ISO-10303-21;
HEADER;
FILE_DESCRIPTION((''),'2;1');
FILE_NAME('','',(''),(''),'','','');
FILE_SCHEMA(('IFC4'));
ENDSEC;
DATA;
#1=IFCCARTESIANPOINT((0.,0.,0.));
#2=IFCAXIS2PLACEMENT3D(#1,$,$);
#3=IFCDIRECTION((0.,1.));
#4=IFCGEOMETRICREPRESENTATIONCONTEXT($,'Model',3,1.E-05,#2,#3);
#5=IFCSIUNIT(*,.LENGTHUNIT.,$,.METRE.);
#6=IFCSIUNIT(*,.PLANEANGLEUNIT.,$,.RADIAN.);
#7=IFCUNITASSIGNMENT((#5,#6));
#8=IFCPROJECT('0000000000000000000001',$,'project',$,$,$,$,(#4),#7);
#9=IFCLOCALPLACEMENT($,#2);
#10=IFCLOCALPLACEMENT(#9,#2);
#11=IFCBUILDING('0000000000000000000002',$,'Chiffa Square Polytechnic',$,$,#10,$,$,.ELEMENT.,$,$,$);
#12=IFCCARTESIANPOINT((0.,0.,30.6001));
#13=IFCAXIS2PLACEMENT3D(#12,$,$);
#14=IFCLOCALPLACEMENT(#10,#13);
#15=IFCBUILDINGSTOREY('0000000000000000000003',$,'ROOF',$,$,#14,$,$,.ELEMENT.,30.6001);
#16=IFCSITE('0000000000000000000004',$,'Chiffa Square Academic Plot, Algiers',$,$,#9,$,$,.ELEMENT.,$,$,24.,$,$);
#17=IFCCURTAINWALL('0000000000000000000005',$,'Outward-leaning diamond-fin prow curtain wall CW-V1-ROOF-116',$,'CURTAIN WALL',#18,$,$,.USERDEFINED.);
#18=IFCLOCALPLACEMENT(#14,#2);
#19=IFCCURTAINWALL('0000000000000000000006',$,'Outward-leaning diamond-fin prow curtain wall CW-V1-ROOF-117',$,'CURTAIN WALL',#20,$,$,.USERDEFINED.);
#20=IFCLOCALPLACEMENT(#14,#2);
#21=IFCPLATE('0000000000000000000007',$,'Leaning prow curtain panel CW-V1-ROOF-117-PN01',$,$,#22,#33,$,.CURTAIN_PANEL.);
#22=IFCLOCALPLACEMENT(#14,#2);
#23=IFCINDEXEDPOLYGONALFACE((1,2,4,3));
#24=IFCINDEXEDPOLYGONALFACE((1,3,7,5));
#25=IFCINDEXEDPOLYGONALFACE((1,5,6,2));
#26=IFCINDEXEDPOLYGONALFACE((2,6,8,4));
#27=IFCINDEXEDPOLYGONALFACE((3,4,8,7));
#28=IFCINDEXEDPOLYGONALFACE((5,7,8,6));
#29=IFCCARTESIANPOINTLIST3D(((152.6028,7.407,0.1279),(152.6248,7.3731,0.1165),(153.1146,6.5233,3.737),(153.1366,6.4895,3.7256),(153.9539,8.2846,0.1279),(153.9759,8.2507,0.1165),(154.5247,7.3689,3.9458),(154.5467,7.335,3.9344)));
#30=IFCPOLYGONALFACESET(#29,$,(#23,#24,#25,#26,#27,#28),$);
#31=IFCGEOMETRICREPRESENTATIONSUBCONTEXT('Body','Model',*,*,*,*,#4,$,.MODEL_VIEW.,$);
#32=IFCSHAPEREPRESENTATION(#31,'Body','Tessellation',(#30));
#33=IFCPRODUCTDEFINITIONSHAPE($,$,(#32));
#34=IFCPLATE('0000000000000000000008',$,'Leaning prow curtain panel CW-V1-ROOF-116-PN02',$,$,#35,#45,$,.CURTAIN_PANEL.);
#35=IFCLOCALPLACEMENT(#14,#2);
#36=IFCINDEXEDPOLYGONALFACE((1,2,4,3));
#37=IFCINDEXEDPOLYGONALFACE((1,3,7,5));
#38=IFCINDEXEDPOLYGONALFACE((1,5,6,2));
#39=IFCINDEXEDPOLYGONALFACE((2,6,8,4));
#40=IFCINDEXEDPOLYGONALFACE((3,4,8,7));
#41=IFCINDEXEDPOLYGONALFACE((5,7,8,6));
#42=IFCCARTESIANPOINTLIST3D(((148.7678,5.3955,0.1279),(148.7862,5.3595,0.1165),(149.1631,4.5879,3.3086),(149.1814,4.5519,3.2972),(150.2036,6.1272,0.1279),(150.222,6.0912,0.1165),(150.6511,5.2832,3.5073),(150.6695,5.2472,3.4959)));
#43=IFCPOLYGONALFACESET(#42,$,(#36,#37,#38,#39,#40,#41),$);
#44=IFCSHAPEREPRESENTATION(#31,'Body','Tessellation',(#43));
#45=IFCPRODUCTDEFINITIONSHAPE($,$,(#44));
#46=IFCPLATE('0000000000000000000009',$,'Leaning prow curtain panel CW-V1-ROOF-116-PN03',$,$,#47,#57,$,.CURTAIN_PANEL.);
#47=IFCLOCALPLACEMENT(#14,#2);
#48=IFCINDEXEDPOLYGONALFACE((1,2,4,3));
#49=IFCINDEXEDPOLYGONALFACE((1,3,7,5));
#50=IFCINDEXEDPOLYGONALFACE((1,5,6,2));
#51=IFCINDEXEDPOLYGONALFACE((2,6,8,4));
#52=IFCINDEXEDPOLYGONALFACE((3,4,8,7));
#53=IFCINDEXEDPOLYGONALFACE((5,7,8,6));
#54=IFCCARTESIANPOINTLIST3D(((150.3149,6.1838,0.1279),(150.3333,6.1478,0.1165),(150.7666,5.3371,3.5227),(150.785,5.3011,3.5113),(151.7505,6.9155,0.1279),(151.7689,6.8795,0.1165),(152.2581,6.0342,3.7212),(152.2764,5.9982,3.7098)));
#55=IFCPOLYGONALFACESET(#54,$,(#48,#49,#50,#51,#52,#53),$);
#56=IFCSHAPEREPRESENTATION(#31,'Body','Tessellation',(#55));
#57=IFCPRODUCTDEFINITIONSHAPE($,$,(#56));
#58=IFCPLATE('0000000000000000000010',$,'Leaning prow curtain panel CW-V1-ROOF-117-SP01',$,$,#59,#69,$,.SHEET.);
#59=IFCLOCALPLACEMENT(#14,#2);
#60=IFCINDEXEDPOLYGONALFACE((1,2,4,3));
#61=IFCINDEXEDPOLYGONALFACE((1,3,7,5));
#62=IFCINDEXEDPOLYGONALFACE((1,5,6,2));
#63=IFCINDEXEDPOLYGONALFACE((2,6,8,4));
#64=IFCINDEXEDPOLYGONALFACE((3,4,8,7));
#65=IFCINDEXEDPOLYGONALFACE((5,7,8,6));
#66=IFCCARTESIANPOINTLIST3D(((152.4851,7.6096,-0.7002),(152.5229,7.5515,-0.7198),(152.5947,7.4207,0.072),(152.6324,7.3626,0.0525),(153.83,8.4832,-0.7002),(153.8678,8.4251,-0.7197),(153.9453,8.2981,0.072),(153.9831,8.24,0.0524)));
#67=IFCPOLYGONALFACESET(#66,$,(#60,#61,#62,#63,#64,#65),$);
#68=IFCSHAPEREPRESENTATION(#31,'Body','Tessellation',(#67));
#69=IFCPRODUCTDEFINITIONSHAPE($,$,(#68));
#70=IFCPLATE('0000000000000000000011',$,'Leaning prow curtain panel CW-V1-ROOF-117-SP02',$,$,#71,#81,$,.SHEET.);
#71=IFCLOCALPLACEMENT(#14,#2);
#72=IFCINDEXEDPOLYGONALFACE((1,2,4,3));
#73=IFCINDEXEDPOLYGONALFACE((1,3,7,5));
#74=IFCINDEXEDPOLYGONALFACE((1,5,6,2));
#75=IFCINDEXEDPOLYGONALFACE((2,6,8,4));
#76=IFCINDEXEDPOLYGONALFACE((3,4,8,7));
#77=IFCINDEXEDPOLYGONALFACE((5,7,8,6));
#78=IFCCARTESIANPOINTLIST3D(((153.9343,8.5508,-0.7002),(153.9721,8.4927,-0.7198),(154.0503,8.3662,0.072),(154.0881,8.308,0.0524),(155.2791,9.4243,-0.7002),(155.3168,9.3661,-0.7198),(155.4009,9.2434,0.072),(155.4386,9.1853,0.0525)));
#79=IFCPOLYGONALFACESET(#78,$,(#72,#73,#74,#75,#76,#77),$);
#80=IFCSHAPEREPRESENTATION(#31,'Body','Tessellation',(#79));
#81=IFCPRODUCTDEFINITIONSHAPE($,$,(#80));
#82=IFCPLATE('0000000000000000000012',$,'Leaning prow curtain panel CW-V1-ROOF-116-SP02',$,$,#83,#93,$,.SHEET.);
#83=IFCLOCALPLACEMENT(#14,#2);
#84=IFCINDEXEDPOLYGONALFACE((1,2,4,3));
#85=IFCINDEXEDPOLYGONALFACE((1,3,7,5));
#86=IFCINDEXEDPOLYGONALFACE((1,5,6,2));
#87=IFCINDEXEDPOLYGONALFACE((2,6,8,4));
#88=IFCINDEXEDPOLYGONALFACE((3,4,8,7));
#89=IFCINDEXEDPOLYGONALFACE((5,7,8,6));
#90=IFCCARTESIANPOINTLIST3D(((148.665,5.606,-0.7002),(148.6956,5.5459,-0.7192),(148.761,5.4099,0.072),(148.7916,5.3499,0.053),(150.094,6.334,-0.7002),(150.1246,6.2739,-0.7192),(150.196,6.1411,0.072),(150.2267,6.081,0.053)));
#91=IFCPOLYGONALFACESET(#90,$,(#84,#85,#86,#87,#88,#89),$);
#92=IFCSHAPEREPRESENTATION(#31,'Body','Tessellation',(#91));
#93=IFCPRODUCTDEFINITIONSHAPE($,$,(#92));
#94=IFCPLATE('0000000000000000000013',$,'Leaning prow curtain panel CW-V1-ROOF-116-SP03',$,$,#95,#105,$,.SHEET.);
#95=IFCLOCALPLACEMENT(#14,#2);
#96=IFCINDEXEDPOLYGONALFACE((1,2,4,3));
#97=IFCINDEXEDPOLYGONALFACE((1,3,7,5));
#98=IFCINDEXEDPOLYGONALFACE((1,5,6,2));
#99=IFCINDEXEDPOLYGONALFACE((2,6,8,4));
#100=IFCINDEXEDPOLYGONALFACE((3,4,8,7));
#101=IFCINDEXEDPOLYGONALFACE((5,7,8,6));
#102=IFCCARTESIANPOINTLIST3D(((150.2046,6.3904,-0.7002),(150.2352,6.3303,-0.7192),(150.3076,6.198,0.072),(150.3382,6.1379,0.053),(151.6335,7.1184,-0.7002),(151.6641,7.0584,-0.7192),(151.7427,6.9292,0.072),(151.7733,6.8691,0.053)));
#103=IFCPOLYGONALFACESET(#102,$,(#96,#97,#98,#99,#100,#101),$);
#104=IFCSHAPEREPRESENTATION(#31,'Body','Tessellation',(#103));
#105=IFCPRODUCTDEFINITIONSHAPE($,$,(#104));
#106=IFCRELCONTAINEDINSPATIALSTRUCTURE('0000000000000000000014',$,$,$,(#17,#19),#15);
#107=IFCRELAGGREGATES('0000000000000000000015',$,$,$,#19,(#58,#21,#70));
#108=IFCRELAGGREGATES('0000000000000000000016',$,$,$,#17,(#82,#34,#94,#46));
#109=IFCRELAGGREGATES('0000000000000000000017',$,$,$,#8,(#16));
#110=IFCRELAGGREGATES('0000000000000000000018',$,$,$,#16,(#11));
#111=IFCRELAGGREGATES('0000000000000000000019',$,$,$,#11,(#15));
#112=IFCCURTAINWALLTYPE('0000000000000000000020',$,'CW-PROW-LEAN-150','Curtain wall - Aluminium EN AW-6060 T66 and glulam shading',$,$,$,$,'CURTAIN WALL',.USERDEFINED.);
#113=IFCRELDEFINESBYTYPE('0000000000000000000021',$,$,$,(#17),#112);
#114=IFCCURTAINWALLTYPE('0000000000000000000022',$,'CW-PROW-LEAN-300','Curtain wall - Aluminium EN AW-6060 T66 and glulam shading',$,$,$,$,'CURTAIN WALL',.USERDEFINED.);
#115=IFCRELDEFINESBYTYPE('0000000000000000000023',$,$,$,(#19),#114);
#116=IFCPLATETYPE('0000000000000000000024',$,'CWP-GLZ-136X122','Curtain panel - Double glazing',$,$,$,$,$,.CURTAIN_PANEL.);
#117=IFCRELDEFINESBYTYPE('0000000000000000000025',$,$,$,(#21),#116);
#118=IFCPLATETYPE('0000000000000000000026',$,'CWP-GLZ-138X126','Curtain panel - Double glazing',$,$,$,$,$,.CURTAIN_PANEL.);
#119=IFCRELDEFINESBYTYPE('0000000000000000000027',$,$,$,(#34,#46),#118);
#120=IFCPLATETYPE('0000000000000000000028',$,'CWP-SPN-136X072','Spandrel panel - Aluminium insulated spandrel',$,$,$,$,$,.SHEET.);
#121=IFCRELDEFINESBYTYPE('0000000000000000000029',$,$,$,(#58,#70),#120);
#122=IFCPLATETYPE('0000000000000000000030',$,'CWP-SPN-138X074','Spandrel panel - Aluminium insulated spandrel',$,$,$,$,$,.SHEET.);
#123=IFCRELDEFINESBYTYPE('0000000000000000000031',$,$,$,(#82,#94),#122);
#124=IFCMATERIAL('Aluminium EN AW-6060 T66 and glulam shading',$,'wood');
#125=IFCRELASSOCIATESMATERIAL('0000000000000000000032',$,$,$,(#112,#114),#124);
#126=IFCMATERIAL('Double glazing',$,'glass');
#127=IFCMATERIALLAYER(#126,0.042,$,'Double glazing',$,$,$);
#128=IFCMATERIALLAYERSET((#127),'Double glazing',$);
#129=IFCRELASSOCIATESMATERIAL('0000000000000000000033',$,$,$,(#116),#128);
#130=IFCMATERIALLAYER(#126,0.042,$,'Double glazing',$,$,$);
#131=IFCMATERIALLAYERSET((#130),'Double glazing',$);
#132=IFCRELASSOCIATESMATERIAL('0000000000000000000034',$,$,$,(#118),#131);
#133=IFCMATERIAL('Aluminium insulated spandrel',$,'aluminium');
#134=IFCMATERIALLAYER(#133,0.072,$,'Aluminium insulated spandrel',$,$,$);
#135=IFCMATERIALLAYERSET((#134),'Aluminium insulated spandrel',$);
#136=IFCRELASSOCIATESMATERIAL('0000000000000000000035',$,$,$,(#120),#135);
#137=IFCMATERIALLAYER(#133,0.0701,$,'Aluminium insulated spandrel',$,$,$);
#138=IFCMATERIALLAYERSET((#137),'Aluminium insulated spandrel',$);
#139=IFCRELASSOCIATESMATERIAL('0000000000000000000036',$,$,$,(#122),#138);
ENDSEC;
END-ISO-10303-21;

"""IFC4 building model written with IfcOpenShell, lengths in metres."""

from ifc_helpers import new_model, si_unit, direction, frame, origin, place, context, subcontext, project, spatial, polyline, outline, extrude, material, layer, layer_set, type_object, element, aggregate, save


model = new_model("IFC4")

# Units and contexts
model_context = context("Model", 3, precision=1e-05, world=origin(), true_north=direction((0.0, 1.0)))
body_context = subcontext(model_context, "Body", "Model", "MODEL_VIEW")
ifc_project = project(units=[si_unit("LENGTHUNIT", "METRE"), si_unit("PLANEANGLEUNIT", "RADIAN")], contexts=[model_context])

# Site, building, storey
site_placement = place(None, origin())
site = spatial("IfcSite", under=ifc_project, at=site_placement, Name="Chiffa Square Academic Plot, Algiers", CompositionType="ELEMENT", RefElevation=24.0)
building_placement = place(site_placement, origin())
building = spatial("IfcBuilding", under=site, at=building_placement, Name="Chiffa Square Polytechnic", CompositionType="ELEMENT")
storey_placement = place(building_placement, frame((0.0, 0.0, 30.6001)))
storey = spatial("IfcBuildingStorey", under=building, at=storey_placement, Name="ROOF", CompositionType="ELEMENT", Elevation=30.6001)

# Curtain walls
ifc_material_1 = material(Name="Aluminium EN AW-6060 T66 and glulam shading", Category="wood")
curtain_wall_type_1 = type_object("IfcCurtainWallType", Name="CW-PROW-LEAN-150", Description="Curtain wall - Aluminium EN AW-6060 T66 and glulam shading", ElementType="CURTAIN WALL", PredefinedType="USERDEFINED", material=ifc_material_1)
curtain_wall_1_placement = place(storey_placement, origin())
curtain_wall_1 = element("IfcCurtainWall", 1, at=curtain_wall_1_placement, inside=storey, type_object=curtain_wall_type_1, Name="Outward-leaning diamond-fin prow curtain wall CW-V1-ROOF-116", ObjectType="CURTAIN WALL", PredefinedType="USERDEFINED")
curtain_wall_type_2 = type_object("IfcCurtainWallType", Name="CW-PROW-LEAN-300", Description="Curtain wall - Aluminium EN AW-6060 T66 and glulam shading", ElementType="CURTAIN WALL", PredefinedType="USERDEFINED", material=ifc_material_1)
curtain_wall_2_placement = place(storey_placement, origin())
curtain_wall_2 = element("IfcCurtainWall", 2, at=curtain_wall_2_placement, inside=storey, type_object=curtain_wall_type_2, Name="Outward-leaning diamond-fin prow curtain wall CW-V1-ROOF-117", ObjectType="CURTAIN WALL", PredefinedType="USERDEFINED")

# Plates
ifc_material_2 = material(Name="Double glazing", Category="glass")
ifc_layer_1 = layer(ifc_material_2, 0.042, Name="Double glazing")
ifc_layer_set_1 = layer_set([ifc_layer_1], Name="Double glazing")
plate_type_1 = type_object("IfcPlateType", Name="CWP-GLZ-136X122", Description="Curtain panel - Double glazing", PredefinedType="CURTAIN_PANEL", material=ifc_layer_set_1)
plate_1_placement = place(storey_placement, frame((152.6028, 7.407, 0.1279), z_axis=(-0.524182, 0.807028, 0.271918), x_axis=(0.838624, 0.54471, -0.000018)))
plate_1 = element("IfcPlate", 3, at=plate_1_placement, type_object=plate_type_1, Name="Leaning prow curtain panel CW-V1-ROOF-117-PN01", PredefinedType="CURTAIN_PANEL", context=body_context, shape_type="SweptSolid", body=[
    extrude(outline(polyline([(0.0, 0.0), (1.6111, 0.0), (1.5909, -3.9674), (-0.0522, -3.7504), (0.0, 0.0)])), origin(), (0.0, 0.0, -1.0), 0.042),
])
ifc_layer_2 = layer(ifc_material_2, 0.042, Name="Double glazing")
ifc_layer_set_2 = layer_set([ifc_layer_2], Name="Double glazing")
plate_type_2 = type_object("IfcPlateType", Name="CWP-GLZ-138X126", Description="Curtain panel - Double glazing", PredefinedType="CURTAIN_PANEL", material=ifc_layer_set_2)
plate_2_placement = place(storey_placement, frame((148.7678, 5.3955, 0.1279), z_axis=(-0.43694, 0.857381, 0.271995), x_axis=(0.890972, 0.454058, 0.000003)))
plate_2 = element("IfcPlate", 4, at=plate_2_placement, type_object=plate_type_2, Name="Leaning prow curtain panel CW-V1-ROOF-116-PN02", PredefinedType="CURTAIN_PANEL", context=body_context, shape_type="SweptSolid", body=[
    extrude(outline(polyline([(0.0, 0.0), (1.6115, 0.0), (1.627, -3.5118), (-0.0145, -3.3053), (0.0, 0.0)])), origin(), (0.0, 0.0, -1.0), 0.042),
])
plate_3_placement = place(storey_placement, frame((150.3149, 6.1838, 0.1279), z_axis=(-0.436944, 0.85738, 0.271994), x_axis=(0.890968, 0.454066, -0.000014)))
plate_3 = element("IfcPlate", 5, at=plate_3_placement, type_object=plate_type_2, Name="Leaning prow curtain panel CW-V1-ROOF-116-PN03", PredefinedType="CURTAIN_PANEL", context=body_context, shape_type="SweptSolid", body=[
    extrude(outline(polyline([(0.0, 0.0), (1.6113, 0.0), (1.6632, -3.7341), (0.0179, -3.5278), (0.0, 0.0)])), origin(), (0.0, 0.0, -1.0), 0.042),
])
ifc_material_3 = material(Name="Aluminium insulated spandrel", Category="aluminium")
ifc_layer_3 = layer(ifc_material_3, 0.072, Name="Aluminium insulated spandrel")
ifc_layer_set_3 = layer_set([ifc_layer_3], Name="Aluminium insulated spandrel")
plate_type_3 = type_object("IfcPlateType", Name="CWP-SPN-136X072", Description="Spandrel panel - Aluminium insulated spandrel", PredefinedType="SHEET", material=ifc_layer_set_3)
plate_4_placement = place(storey_placement, frame((152.4851, 7.6096, -0.7002), z_axis=(-0.524237, 0.807042, 0.271769), x_axis=(0.838608, 0.544736, 0.000018)))
plate_4 = element("IfcPlate", 6, at=plate_4_placement, type_object=plate_type_3, Name="Leaning prow curtain panel CW-V1-ROOF-117-SP01", PredefinedType="SHEET", context=body_context, shape_type="SweptSolid", body=[
    extrude(outline(polyline([(0.0, 0.0), (1.6037, 0.0), (1.5996, -0.8024), (-0.011, -0.8024), (0.0, 0.0)])), origin(), (0.0, 0.0, -1.0), 0.072),
])
plate_5_placement = place(storey_placement, frame((153.9343, 8.5508, -0.7002), z_axis=(-0.52423, 0.80707, 0.271701), x_axis=(0.838616, 0.544724, -0.00001)))
plate_5 = element("IfcPlate", 7, at=plate_5_placement, type_object=plate_type_3, Name="Leaning prow curtain panel CW-V1-ROOF-117-SP02", PredefinedType="SHEET", context=body_context, shape_type="SweptSolid", body=[
    extrude(outline(polyline([(0.0, 0.0), (1.6035, 0.0), (1.6072, -0.8024), (-0.0033, -0.8024), (0.0, 0.0)])), origin(), (0.0, 0.0, -1.0), 0.072),
])
aggregate(curtain_wall_2, [plate_4, plate_1, plate_5])
ifc_layer_4 = layer(ifc_material_3, 0.0701, Name="Aluminium insulated spandrel")
ifc_layer_set_4 = layer_set([ifc_layer_4], Name="Aluminium insulated spandrel")
plate_type_4 = type_object("IfcPlateType", Name="CWP-SPN-138X074", Description="Spandrel panel - Aluminium insulated spandrel", PredefinedType="SHEET", material=ifc_layer_set_4)
plate_6_placement = place(storey_placement, frame((148.665, 5.606, -0.7002), z_axis=(-0.436869, 0.857439, 0.271926), x_axis=(0.891015, 0.453975, 0.000005)))
plate_6 = element("IfcPlate", 8, at=plate_6_placement, type_object=plate_type_4, Name="Leaning prow curtain panel CW-V1-ROOF-116-SP02", PredefinedType="SHEET", context=body_context, shape_type="SweptSolid", body=[
    extrude(outline(polyline([(0.0, 0.0), (1.6037, 0.0), (1.6071, -0.8024), (-0.0035, -0.8025), (0.0, 0.0)])), origin(), (0.0, 0.0, -1.0), 0.0701),
])
plate_7_placement = place(storey_placement, frame((150.2046, 6.3904, -0.7002), z_axis=(-0.436876, 0.857453, 0.271869), x_axis=(0.891015, 0.453975, 0.000005)))
plate_7 = element("IfcPlate", 9, at=plate_7_placement, type_object=plate_type_4, Name="Leaning prow curtain panel CW-V1-ROOF-116-SP03", PredefinedType="SHEET", context=body_context, shape_type="SweptSolid", body=[
    extrude(outline(polyline([(0.0, 0.0), (1.6037, 0.0), (1.6151, -0.8024), (0.0045, -0.8024), (0.0, 0.0)])), origin(), (0.0, 0.0, -1.0), 0.0701),
])
aggregate(curtain_wall_1, [plate_6, plate_2, plate_7, plate_3])

save(model, "model.ifc")
